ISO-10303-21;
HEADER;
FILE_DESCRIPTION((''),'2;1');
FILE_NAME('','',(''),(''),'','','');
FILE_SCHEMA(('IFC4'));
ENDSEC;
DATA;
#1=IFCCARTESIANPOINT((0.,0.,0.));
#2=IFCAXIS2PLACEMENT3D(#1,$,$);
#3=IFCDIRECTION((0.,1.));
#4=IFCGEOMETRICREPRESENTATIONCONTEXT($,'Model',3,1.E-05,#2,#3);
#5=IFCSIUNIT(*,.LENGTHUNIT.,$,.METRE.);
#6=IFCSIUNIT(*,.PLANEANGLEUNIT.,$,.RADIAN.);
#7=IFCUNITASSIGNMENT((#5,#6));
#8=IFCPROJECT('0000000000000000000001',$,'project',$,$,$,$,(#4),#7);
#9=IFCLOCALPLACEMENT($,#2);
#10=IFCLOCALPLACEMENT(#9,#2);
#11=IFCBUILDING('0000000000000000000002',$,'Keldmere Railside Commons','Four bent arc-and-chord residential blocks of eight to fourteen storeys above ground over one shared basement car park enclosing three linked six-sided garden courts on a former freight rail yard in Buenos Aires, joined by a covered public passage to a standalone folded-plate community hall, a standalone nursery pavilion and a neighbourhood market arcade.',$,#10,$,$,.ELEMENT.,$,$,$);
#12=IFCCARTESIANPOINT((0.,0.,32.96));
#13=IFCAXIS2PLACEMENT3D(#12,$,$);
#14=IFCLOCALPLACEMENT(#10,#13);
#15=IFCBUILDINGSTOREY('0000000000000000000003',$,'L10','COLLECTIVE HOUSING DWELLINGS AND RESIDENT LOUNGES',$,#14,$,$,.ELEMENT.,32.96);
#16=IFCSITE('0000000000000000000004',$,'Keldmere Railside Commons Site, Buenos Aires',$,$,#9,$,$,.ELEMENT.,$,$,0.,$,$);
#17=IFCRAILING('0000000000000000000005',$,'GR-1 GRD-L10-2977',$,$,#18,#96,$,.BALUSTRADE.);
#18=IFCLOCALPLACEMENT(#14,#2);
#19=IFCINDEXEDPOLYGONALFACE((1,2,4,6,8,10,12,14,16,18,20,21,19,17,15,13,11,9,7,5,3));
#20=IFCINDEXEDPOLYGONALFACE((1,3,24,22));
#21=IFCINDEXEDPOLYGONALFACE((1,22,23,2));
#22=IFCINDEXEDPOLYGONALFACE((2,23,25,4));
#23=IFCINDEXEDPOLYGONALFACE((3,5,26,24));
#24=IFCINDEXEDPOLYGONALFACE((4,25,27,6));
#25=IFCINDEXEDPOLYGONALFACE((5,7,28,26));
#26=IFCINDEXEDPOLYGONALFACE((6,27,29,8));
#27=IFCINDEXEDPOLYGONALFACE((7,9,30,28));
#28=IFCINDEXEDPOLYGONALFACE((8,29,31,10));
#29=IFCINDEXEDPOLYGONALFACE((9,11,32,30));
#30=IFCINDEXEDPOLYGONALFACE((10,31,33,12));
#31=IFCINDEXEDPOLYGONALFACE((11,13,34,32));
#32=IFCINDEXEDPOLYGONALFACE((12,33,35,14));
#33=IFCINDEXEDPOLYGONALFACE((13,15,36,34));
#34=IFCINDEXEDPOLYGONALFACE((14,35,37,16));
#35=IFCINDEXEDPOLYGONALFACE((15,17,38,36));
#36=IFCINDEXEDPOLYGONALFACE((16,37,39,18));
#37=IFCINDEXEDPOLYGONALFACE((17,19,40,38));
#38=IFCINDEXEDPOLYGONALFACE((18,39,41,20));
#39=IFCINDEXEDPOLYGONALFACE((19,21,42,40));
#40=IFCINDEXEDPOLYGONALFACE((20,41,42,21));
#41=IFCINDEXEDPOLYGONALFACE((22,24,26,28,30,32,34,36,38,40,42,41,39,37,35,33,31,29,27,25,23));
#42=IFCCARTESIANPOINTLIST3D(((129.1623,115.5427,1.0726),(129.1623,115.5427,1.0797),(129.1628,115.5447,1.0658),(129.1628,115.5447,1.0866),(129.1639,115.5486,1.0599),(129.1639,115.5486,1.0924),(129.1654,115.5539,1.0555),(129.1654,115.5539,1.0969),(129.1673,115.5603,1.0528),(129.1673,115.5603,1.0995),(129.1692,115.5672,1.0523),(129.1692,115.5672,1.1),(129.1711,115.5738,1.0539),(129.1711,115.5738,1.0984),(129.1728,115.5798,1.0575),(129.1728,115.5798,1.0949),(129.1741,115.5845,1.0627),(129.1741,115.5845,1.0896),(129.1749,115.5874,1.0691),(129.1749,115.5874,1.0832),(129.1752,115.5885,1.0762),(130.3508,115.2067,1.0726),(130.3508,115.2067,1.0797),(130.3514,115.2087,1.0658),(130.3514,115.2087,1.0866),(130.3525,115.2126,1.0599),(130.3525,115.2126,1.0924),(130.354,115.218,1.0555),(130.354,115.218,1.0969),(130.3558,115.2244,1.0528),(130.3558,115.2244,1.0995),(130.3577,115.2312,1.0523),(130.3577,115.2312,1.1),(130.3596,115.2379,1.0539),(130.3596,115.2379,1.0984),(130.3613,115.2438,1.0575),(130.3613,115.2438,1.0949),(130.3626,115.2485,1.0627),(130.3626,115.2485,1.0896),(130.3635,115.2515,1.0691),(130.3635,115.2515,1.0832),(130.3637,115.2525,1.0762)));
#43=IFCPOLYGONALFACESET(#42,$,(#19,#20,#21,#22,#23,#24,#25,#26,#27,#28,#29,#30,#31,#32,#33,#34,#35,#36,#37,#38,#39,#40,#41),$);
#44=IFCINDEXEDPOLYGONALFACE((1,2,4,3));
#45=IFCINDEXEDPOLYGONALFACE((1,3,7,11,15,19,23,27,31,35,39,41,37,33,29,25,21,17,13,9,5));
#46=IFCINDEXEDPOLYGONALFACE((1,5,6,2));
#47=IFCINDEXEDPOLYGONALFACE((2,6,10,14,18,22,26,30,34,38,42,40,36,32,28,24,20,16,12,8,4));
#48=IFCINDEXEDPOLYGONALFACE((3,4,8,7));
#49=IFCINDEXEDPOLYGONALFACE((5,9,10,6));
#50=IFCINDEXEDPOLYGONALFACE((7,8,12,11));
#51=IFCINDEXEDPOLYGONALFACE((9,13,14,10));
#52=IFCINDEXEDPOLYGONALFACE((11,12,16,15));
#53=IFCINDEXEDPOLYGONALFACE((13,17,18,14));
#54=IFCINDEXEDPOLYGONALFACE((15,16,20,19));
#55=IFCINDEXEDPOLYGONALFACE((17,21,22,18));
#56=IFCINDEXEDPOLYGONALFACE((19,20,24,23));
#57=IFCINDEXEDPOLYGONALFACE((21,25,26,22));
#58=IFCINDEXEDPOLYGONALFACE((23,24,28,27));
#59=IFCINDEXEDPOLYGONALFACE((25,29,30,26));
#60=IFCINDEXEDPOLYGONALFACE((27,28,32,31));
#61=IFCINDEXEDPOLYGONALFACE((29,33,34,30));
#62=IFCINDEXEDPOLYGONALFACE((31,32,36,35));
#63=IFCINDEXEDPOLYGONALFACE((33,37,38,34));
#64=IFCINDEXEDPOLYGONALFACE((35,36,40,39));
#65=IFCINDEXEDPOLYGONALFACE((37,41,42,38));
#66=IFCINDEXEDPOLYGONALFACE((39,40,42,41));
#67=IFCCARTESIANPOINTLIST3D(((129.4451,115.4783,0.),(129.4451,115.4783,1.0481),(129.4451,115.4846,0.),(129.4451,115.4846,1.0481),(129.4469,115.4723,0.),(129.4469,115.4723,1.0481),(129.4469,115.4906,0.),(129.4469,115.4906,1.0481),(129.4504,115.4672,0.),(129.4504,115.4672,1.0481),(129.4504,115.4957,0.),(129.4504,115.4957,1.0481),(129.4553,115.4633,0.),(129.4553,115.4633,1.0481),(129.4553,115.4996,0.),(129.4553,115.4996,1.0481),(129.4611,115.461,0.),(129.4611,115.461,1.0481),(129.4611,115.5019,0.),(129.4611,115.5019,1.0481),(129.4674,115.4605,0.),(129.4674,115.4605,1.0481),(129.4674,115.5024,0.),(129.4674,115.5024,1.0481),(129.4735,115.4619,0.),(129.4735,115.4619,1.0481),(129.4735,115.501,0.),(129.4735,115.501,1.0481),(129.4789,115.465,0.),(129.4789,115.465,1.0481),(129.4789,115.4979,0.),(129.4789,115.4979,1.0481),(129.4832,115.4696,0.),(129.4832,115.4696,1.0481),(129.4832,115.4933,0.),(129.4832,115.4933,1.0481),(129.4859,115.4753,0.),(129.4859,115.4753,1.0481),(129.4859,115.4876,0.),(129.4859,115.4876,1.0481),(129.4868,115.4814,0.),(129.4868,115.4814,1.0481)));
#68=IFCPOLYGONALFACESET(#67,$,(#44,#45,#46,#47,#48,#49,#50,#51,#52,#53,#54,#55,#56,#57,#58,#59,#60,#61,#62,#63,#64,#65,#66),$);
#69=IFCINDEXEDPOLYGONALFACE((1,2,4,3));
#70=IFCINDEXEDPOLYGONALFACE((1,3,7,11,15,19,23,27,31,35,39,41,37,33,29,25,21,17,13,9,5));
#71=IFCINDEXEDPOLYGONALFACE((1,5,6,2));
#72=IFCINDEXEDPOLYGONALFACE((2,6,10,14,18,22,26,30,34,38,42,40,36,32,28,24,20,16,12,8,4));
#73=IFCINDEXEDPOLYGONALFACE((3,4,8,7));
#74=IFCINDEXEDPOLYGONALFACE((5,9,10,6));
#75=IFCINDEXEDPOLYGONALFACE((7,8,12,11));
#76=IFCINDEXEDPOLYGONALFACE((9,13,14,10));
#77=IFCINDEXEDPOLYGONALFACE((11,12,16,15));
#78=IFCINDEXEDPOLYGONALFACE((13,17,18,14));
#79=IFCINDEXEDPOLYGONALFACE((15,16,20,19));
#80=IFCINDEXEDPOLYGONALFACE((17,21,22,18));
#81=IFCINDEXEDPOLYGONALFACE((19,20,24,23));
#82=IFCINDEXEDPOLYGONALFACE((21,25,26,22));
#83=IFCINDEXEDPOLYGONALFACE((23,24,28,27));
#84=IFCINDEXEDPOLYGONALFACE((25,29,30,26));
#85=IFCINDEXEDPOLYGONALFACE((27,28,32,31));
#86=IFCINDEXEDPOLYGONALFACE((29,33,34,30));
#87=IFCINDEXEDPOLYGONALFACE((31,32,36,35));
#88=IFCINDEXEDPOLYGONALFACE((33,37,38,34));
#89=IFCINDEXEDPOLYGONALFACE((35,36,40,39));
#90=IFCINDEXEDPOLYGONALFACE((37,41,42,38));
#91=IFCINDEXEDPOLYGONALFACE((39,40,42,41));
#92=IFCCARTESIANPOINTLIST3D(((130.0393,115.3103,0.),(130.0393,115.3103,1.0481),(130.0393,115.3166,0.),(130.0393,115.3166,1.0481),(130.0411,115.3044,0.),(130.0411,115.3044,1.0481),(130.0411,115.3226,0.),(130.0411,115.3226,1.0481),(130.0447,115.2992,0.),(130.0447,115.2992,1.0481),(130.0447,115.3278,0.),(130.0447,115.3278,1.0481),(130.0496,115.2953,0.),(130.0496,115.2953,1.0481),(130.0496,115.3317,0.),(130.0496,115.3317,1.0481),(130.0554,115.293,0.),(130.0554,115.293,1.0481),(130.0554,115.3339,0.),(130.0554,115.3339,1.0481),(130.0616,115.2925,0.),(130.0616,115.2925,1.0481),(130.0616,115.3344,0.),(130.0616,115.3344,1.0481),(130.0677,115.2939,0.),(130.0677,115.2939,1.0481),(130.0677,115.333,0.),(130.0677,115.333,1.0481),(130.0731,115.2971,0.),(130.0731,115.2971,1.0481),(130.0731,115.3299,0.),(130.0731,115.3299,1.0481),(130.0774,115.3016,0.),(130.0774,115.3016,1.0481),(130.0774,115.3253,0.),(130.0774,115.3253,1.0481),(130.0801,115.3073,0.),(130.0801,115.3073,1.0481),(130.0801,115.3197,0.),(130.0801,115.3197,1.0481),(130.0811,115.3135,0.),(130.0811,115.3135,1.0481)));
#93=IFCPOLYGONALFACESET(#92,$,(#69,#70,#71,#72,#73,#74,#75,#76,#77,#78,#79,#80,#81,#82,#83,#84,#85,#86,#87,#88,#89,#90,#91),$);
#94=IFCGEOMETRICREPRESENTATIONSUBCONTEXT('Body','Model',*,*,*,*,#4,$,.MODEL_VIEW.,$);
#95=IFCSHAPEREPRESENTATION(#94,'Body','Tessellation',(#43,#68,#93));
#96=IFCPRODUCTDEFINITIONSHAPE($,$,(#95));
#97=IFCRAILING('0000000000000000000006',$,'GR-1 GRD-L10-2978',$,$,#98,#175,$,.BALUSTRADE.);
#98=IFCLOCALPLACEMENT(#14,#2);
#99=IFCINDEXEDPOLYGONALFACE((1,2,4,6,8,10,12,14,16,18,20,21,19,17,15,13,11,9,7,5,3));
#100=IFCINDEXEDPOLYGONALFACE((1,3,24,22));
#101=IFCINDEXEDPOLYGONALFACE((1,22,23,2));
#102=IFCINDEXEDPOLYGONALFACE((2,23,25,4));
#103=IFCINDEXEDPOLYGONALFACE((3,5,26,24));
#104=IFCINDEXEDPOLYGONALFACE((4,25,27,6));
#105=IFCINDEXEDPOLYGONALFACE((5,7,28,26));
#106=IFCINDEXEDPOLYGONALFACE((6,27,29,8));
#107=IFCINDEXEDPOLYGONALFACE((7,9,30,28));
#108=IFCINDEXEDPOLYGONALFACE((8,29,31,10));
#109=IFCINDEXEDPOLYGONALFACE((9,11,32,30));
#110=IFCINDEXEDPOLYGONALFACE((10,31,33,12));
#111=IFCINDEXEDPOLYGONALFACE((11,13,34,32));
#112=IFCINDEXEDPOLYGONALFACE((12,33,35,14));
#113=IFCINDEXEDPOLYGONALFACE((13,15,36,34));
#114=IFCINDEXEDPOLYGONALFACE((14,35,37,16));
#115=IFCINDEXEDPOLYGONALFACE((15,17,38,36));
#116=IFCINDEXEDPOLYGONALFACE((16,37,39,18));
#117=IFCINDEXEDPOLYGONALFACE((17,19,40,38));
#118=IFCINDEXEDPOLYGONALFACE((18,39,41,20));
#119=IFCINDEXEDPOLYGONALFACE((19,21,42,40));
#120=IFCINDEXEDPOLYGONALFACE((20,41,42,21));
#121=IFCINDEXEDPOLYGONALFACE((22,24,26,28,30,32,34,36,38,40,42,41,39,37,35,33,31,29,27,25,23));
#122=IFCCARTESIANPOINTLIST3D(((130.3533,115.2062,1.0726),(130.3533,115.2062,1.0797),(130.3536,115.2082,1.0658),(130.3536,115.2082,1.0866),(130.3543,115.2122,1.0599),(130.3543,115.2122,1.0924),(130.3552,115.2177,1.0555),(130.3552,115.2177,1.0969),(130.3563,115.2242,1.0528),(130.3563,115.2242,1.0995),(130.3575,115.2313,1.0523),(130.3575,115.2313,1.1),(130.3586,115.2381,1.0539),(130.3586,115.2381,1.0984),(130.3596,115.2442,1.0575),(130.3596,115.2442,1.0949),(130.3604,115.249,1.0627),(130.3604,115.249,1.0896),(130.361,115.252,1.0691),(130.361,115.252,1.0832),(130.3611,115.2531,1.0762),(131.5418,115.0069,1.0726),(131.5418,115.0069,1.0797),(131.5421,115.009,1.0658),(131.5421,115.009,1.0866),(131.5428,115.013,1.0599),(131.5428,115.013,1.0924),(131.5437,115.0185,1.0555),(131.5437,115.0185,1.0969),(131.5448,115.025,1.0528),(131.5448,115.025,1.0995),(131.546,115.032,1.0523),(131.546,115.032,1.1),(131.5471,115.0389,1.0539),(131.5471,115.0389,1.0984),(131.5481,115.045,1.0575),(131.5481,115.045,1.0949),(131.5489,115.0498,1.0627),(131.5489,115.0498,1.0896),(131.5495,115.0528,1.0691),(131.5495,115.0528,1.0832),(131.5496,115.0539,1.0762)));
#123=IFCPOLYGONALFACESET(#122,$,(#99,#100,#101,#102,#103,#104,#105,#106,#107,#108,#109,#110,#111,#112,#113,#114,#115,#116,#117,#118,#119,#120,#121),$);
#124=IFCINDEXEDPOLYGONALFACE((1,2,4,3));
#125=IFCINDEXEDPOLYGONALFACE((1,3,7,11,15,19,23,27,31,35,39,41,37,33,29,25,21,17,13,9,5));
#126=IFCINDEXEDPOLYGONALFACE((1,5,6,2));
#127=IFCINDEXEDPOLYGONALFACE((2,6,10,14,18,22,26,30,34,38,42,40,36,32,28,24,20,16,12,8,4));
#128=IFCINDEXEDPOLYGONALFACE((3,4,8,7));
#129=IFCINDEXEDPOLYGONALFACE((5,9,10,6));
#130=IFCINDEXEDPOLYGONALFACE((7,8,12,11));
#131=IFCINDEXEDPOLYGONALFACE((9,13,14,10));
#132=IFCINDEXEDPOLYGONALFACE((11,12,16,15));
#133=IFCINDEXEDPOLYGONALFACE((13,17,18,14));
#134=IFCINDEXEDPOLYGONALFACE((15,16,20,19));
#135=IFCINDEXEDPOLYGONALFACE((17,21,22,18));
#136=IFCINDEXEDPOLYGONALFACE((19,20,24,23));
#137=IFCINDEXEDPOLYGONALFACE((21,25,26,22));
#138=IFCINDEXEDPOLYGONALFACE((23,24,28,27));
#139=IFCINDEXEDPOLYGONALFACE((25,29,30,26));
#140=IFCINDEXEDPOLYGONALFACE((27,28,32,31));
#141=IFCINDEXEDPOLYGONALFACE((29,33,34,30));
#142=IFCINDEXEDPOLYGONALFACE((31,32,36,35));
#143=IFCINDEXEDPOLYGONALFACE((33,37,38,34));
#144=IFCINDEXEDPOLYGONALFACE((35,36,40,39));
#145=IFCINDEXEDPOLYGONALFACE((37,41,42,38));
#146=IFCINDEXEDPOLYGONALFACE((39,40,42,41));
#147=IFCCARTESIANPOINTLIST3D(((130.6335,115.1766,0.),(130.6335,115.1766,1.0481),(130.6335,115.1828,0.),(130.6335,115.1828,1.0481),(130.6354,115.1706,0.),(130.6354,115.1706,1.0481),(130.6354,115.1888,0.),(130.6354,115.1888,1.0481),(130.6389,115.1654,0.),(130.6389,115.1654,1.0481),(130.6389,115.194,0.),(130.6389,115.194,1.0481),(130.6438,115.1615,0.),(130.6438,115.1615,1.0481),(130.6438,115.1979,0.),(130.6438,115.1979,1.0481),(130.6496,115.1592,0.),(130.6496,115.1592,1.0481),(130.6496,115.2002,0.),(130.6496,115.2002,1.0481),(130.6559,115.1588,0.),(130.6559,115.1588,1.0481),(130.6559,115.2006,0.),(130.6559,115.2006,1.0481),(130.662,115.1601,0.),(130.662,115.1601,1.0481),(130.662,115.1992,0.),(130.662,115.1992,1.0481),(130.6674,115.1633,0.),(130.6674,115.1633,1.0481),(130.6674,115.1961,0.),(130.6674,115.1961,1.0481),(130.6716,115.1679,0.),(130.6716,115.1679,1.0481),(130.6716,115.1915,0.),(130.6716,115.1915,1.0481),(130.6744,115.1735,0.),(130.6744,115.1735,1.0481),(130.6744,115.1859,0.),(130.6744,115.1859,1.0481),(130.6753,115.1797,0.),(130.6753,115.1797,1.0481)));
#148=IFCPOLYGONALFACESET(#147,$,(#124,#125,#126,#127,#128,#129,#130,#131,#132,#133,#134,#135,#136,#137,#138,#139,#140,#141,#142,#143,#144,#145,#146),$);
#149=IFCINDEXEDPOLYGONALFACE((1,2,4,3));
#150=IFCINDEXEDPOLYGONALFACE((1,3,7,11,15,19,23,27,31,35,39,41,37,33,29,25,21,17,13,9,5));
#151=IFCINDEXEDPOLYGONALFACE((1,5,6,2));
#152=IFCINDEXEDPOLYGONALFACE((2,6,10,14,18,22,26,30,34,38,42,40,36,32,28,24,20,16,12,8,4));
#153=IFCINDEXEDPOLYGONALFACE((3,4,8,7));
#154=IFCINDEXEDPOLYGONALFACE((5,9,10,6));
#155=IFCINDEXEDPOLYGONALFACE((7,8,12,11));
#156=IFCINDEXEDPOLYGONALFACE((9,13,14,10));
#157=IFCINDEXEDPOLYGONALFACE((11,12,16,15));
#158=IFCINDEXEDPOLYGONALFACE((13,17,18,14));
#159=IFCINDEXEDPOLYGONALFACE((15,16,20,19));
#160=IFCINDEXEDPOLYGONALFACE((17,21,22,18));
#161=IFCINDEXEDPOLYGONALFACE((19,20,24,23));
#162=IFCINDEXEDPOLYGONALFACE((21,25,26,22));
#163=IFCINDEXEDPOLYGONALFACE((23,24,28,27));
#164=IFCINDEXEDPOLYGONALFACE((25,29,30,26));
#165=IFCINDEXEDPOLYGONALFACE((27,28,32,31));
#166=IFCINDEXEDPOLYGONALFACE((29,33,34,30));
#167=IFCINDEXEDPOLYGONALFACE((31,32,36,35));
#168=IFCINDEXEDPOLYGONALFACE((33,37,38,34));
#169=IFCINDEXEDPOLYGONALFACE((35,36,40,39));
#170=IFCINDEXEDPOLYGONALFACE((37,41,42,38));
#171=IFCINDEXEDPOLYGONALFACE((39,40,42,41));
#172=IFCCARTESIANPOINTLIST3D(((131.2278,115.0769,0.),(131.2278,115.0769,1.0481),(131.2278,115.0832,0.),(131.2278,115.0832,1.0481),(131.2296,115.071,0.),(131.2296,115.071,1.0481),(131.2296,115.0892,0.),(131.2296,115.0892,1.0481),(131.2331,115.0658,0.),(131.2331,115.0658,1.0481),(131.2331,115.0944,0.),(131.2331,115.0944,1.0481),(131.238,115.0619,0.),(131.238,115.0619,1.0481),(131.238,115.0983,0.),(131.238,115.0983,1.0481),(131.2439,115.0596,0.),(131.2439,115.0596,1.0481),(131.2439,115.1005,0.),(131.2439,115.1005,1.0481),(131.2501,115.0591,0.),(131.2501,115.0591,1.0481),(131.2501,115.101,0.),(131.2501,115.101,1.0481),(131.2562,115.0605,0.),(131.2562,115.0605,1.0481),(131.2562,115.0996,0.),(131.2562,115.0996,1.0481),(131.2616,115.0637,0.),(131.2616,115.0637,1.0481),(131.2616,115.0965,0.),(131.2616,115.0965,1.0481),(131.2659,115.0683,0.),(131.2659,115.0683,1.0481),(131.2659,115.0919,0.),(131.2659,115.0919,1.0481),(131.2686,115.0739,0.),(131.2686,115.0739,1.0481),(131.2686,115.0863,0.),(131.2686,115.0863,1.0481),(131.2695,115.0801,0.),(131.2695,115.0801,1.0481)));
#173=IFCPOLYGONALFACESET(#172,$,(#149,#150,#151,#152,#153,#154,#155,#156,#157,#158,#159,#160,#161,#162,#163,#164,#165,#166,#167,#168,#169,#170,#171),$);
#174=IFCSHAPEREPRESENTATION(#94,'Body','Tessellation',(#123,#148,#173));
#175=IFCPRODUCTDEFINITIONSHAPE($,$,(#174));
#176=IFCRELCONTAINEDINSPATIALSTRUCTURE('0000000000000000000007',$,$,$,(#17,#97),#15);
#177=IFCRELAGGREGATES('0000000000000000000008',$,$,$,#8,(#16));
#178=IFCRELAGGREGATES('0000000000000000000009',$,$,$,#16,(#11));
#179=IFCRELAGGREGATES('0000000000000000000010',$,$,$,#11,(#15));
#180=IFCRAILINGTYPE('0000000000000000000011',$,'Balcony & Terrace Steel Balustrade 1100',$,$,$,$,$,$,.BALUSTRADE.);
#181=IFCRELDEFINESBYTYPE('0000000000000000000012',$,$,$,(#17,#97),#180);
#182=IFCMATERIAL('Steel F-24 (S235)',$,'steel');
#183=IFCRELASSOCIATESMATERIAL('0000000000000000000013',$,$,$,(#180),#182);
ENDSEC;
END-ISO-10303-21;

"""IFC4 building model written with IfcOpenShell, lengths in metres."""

from ifc_helpers import new_model, si_unit, direction, frame, origin, origin_2d, place, context, subcontext, project, spatial, circle, extrude, material, type_object, element, save


model = new_model("IFC4")

# Units and contexts
model_context = context("Model", 3, precision=1e-05, world=origin(), true_north=direction((0.0, 1.0)))
body_context = subcontext(model_context, "Body", "Model", "MODEL_VIEW")
ifc_project = project(units=[si_unit("LENGTHUNIT", "METRE"), si_unit("PLANEANGLEUNIT", "RADIAN")], contexts=[model_context])

# Site, building, storey
site_placement = place(None, origin())
site = spatial("IfcSite", under=ifc_project, at=site_placement, Name="Keldmere Railside Commons Site, Buenos Aires", CompositionType="ELEMENT", RefElevation=0.0)
building_placement = place(site_placement, origin())
building = spatial("IfcBuilding", under=site, at=building_placement, Name="Keldmere Railside Commons", Description="Four bent arc-and-chord residential blocks of eight to fourteen storeys above ground over one shared basement car park enclosing three linked six-sided garden courts on a former freight rail yard in Buenos Aires, joined by a covered public passage to a standalone folded-plate community hall, a standalone nursery pavilion and a neighbourhood market arcade.", CompositionType="ELEMENT")
storey_placement = place(building_placement, frame((0.0, 0.0, 32.96)))
storey = spatial("IfcBuildingStorey", under=building, at=storey_placement, Name="L10", Description="COLLECTIVE HOUSING DWELLINGS AND RESIDENT LOUNGES", CompositionType="ELEMENT", Elevation=32.96)

# Railings
ifc_material_1 = material(Name="Steel F-24 (S235)", Category="steel")
railing_type_1 = type_object("IfcRailingType", Name="Balcony & Terrace Steel Balustrade 1100", PredefinedType="BALUSTRADE", material=ifc_material_1)
railing_1_placement = place(storey_placement, frame((129.1687, 115.5654, 0.0)))
element("IfcRailing", 1, at=railing_1_placement, inside=storey, type_object=railing_type_1, Name="GR-1 GRD-L10-2977", PredefinedType="BALUSTRADE", context=body_context, shape_type="SweptSolid", body=[
    extrude(circle(Radius=0.0239, at=origin_2d()), frame((0.0, 0.0, 1.0762), z_axis=(0.962296, -0.272005, 0.0), x_axis=(0.272005, 0.962296, 0.0)), (0.0, 0.0, 1.0), 1.2351),
    extrude(circle(Radius=0.021, at=origin_2d()), frame((0.2971, -0.084, 0.0)), (0.0, 0.0, 1.0), 1.0481),
    extrude(circle(Radius=0.021, at=origin_2d()), frame((0.8914, -0.252, 0.0)), (0.0, 0.0, 1.0), 1.0481),
])
railing_2_placement = place(storey_placement, frame((130.3572, 115.2295, 0.0)))
element("IfcRailing", 2, at=railing_2_placement, inside=storey, type_object=railing_type_1, Name="GR-1 GRD-L10-2978", PredefinedType="BALUSTRADE", context=body_context, shape_type="SweptSolid", body=[
    extrude(circle(Radius=0.0239, at=origin_2d()), frame((0.0, 0.0, 1.0762), z_axis=(0.98624, -0.165319, 0.0), x_axis=(0.165319, 0.98624, 0.0)), (0.0, 0.0, 1.0), 1.2051),
    extrude(circle(Radius=0.021, at=origin_2d()), frame((0.2971, -0.0498, 0.0)), (0.0, 0.0, 1.0), 1.0481),
    extrude(circle(Radius=0.021, at=origin_2d()), frame((0.8914, -0.1494, 0.0)), (0.0, 0.0, 1.0), 1.0481),
])

save(model, "model.ifc")
